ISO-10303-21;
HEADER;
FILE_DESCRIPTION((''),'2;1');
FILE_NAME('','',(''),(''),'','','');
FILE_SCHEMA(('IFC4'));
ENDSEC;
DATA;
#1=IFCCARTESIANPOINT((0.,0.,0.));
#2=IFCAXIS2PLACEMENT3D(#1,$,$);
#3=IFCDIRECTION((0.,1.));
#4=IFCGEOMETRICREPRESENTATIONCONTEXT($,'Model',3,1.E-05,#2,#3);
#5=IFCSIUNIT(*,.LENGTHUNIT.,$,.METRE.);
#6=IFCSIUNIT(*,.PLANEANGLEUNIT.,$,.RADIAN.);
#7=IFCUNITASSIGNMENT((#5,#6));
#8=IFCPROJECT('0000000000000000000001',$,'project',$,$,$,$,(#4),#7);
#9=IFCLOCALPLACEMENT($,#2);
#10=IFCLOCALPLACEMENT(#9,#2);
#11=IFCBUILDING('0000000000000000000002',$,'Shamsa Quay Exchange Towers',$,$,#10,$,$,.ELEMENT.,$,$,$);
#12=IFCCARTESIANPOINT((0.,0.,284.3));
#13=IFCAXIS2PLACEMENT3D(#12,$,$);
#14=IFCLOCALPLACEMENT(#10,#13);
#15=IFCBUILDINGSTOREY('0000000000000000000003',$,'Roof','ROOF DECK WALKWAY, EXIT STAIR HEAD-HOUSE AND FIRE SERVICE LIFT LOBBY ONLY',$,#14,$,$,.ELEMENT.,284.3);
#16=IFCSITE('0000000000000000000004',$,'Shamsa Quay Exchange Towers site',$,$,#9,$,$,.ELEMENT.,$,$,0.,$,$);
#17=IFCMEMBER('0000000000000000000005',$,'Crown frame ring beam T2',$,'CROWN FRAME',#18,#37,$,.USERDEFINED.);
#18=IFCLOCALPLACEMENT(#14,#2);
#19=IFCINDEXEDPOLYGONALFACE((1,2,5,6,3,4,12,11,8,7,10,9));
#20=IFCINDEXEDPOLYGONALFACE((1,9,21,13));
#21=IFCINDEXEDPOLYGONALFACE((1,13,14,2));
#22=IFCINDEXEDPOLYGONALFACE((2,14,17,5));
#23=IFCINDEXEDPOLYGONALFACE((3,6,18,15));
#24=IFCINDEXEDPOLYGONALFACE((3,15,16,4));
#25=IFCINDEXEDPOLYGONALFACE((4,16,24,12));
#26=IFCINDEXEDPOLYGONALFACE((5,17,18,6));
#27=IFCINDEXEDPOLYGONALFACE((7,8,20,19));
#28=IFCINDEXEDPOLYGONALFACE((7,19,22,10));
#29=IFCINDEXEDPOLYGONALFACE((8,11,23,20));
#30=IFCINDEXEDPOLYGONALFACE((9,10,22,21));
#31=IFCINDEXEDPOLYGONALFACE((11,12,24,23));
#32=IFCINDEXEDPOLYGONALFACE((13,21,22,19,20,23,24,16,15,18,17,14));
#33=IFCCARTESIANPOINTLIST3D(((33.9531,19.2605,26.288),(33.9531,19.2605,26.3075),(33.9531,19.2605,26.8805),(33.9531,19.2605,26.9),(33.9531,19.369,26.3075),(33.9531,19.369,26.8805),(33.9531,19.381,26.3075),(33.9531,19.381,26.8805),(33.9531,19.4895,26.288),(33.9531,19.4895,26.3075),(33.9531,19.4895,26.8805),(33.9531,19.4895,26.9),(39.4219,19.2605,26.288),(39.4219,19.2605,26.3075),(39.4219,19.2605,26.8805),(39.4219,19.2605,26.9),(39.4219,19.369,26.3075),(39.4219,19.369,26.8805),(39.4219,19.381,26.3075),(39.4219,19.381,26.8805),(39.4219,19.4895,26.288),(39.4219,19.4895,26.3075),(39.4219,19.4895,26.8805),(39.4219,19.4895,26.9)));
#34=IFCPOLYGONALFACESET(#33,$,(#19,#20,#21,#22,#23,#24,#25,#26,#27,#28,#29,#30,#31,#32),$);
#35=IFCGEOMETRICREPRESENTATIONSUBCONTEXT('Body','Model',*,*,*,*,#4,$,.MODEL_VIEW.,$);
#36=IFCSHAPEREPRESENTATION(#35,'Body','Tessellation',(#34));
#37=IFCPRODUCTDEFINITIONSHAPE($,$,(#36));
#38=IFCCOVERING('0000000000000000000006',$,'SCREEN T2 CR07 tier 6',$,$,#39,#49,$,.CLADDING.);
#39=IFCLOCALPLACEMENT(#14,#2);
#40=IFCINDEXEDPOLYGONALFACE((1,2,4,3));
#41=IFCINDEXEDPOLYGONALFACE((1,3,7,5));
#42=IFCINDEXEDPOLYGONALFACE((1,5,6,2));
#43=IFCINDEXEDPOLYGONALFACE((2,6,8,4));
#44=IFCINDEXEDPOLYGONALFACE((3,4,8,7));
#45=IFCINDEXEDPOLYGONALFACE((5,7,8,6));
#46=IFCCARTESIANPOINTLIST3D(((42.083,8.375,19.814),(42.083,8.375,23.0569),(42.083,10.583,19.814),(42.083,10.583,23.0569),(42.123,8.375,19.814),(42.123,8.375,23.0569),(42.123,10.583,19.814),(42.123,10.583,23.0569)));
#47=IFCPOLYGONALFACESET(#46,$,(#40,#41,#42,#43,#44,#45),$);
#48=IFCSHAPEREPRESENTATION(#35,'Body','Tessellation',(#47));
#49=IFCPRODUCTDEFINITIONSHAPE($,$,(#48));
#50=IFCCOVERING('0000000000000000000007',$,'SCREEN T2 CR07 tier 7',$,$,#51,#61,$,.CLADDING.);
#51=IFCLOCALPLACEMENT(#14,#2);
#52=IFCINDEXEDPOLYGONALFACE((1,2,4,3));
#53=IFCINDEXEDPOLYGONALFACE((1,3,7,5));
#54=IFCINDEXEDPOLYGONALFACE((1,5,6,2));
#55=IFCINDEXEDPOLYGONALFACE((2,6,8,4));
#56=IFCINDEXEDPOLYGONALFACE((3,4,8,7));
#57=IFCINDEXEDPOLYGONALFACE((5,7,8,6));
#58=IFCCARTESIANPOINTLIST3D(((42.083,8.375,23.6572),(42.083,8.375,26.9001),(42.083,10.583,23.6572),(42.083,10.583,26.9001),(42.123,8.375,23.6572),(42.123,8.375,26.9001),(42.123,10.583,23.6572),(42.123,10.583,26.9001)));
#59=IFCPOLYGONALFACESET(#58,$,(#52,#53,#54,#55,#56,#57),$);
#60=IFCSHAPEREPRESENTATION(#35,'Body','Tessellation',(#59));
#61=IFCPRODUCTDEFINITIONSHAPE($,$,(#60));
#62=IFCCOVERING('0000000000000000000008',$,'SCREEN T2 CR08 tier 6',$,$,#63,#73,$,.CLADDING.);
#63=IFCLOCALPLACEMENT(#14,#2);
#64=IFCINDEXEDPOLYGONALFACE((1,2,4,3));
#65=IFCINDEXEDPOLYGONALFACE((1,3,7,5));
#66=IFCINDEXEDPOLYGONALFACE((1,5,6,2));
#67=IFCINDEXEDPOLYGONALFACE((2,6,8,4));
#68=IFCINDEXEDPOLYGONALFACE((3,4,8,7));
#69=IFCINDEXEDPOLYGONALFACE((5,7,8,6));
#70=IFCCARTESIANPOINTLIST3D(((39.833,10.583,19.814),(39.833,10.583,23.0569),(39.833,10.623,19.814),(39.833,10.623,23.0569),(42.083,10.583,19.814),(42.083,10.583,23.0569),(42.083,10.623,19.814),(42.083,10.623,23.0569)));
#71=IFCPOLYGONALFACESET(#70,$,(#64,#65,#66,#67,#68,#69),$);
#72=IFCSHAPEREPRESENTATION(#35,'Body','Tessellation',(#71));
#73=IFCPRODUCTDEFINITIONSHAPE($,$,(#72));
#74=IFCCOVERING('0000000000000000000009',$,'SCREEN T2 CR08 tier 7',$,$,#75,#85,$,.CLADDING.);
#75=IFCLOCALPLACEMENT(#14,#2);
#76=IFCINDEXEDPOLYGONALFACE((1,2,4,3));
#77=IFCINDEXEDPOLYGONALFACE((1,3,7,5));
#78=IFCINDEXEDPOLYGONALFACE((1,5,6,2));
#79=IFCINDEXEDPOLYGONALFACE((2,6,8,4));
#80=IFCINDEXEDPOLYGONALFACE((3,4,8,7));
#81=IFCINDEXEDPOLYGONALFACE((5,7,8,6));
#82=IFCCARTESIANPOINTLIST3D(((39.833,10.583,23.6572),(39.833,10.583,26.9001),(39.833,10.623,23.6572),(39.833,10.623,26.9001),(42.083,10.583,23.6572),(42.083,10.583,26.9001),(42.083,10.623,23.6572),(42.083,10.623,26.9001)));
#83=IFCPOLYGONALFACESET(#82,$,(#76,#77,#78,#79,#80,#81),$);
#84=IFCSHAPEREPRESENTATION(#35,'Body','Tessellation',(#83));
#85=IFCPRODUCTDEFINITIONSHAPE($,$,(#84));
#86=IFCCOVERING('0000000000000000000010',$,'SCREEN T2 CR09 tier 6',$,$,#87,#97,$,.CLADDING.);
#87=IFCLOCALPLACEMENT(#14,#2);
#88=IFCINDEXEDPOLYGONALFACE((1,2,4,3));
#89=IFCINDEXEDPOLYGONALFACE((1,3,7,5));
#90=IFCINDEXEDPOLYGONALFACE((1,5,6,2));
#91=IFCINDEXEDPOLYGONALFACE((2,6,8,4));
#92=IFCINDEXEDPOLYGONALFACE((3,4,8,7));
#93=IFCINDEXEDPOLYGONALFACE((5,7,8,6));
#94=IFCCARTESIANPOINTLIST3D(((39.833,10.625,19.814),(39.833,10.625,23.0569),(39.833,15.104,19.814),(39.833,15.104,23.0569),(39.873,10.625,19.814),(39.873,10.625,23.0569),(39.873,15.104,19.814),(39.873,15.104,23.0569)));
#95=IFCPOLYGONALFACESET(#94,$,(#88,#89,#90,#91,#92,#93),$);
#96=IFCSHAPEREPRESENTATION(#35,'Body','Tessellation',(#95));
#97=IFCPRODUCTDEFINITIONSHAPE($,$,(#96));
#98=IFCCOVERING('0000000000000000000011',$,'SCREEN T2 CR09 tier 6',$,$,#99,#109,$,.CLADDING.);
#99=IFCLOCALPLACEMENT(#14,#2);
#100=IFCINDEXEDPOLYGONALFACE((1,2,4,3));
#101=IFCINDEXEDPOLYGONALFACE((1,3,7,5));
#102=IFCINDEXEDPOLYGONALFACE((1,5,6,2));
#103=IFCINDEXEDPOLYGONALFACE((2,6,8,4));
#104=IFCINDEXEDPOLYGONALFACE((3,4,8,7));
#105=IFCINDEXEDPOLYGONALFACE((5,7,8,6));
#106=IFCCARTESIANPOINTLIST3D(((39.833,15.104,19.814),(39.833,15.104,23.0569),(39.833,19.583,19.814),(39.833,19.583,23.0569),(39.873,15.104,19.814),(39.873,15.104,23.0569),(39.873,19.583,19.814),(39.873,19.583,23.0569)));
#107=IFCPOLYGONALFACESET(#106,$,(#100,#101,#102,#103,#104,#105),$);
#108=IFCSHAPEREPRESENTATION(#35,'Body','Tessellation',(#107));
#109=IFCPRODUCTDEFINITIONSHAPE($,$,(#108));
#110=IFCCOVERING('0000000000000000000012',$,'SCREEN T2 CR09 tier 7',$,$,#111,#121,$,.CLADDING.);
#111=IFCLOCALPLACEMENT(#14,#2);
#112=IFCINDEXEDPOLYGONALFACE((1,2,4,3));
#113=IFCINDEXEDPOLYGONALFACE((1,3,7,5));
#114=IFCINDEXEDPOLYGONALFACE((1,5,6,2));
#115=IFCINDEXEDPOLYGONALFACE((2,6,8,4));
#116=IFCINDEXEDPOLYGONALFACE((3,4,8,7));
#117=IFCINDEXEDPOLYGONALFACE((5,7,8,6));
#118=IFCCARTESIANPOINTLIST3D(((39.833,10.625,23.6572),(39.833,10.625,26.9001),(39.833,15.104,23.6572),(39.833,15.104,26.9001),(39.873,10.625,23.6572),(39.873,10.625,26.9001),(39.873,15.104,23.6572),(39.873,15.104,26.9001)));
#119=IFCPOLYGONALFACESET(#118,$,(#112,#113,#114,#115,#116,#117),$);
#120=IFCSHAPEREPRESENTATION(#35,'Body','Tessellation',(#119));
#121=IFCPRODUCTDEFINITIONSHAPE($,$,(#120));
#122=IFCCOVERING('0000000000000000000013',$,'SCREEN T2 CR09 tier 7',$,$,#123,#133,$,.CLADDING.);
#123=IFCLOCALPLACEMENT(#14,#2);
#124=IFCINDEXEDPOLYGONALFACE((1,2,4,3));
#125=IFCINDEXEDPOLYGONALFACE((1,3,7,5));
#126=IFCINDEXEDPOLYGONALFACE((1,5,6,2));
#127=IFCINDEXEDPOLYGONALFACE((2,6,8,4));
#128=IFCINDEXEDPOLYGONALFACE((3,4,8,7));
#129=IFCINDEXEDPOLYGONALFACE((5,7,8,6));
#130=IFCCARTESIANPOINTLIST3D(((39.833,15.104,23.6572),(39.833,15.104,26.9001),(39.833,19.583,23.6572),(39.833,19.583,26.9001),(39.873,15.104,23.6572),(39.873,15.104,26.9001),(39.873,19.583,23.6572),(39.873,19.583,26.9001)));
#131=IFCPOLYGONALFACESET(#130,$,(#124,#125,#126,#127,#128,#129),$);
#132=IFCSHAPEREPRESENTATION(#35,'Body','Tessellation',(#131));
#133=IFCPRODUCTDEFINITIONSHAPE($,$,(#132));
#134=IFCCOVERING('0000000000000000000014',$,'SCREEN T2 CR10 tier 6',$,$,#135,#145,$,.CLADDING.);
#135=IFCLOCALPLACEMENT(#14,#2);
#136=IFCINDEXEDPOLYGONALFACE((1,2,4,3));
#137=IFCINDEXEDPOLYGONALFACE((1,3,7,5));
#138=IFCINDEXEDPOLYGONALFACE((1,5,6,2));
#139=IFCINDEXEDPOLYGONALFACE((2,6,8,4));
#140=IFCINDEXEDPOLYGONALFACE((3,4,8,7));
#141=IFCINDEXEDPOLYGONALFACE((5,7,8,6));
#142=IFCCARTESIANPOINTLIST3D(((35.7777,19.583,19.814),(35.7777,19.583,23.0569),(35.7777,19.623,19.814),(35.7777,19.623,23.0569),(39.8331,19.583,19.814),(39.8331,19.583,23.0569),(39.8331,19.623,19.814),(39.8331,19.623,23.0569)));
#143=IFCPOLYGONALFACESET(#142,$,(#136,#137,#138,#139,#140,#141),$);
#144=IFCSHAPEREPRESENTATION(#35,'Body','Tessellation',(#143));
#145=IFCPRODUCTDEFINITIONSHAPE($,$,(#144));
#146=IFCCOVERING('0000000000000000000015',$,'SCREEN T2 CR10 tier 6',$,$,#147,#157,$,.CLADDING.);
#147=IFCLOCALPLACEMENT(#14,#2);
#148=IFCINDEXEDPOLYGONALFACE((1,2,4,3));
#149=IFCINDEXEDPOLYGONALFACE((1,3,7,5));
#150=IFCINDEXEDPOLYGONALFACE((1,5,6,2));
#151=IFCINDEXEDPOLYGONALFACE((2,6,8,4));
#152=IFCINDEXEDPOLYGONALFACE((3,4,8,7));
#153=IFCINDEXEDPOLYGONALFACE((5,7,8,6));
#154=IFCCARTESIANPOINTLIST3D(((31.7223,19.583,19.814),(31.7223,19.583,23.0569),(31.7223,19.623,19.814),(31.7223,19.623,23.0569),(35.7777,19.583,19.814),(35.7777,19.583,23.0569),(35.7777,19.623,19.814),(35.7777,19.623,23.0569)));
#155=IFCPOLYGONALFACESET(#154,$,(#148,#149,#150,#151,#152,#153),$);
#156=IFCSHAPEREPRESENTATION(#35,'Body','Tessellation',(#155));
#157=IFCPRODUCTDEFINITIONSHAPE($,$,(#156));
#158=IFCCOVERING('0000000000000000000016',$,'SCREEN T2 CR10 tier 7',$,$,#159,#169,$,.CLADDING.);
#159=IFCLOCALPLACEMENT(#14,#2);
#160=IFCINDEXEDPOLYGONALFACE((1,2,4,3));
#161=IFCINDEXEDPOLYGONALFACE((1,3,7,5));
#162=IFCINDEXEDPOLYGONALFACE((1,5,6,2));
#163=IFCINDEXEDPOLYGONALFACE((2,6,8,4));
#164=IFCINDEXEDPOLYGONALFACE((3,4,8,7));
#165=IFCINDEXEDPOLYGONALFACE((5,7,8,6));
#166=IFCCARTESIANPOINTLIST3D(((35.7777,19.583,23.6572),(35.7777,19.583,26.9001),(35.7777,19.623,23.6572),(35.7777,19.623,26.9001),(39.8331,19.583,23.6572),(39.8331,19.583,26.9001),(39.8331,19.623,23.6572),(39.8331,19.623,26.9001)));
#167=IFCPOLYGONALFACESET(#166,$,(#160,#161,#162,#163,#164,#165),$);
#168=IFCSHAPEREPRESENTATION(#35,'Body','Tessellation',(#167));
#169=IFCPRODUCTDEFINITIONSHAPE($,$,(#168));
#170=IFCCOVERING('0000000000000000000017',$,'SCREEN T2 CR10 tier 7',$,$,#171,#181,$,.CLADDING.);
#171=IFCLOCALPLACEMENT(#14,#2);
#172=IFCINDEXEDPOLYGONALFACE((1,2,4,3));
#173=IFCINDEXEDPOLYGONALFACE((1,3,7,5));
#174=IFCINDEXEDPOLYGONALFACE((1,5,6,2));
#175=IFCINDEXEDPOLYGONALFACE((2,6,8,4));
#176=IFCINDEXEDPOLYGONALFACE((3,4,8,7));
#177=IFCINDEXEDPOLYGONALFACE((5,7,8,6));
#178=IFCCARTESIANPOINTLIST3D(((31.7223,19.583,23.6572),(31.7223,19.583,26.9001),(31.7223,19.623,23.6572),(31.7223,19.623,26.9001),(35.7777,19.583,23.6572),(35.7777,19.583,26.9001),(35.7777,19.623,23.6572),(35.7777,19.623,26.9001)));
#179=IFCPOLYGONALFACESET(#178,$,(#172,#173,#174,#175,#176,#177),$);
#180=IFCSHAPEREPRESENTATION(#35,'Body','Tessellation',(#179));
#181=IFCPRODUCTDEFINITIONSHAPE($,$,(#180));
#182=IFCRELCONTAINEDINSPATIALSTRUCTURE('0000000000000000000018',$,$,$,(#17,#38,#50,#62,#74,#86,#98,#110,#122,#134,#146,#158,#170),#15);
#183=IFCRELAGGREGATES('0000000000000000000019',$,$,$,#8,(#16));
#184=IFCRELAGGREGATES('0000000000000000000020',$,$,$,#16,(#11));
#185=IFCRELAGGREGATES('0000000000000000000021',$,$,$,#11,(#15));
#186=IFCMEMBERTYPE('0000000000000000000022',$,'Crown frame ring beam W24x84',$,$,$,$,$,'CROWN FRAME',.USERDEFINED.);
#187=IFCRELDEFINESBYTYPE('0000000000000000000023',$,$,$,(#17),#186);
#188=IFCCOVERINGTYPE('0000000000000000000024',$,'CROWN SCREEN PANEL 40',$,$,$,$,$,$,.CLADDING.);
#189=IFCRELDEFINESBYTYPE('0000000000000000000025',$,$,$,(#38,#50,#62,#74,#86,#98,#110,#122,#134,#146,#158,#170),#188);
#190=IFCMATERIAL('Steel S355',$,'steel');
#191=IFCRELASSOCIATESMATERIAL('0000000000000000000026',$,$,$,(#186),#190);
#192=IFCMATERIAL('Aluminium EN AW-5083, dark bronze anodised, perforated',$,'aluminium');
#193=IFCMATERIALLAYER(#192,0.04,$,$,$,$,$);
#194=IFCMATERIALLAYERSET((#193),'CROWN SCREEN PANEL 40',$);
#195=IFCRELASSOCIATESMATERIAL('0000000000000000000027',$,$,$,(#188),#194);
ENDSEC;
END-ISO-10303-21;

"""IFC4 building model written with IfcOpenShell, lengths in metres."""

from ifc_helpers import new_model, si_unit, direction, frame, origin, origin_2d, place, context, subcontext, project, spatial, rectangle, i_section, extrude, material, layer, layer_set, material_profile, profile_set, type_object, element, save


model = new_model("IFC4")

# Units and contexts
model_context = context("Model", 3, precision=1e-05, world=origin(), true_north=direction((0.0, 1.0)))
body_context = subcontext(model_context, "Body", "Model", "MODEL_VIEW")
ifc_project = project(units=[si_unit("LENGTHUNIT", "METRE"), si_unit("PLANEANGLEUNIT", "RADIAN")], contexts=[model_context])

# Site, building, storey
site_placement = place(None, origin())
site = spatial("IfcSite", under=ifc_project, at=site_placement, Name="Shamsa Quay Exchange Towers site", CompositionType="ELEMENT", RefElevation=0.0)
building_placement = place(site_placement, origin())
building = spatial("IfcBuilding", under=site, at=building_placement, Name="Shamsa Quay Exchange Towers", CompositionType="ELEMENT")
storey_placement = place(building_placement, frame((0.0, 0.0, 284.3)))
storey = spatial("IfcBuildingStorey", under=building, at=storey_placement, Name="Roof", Description="ROOF DECK WALKWAY, EXIT STAIR HEAD-HOUSE AND FIRE SERVICE LIFT LOBBY ONLY", CompositionType="ELEMENT", Elevation=284.3)

# Member
ifc_material_1 = material(Name="Steel S355", Category="steel")
ifc_material_profile_1 = material_profile(ifc_material_1, i_section(OverallWidth=0.229, OverallDepth=0.6121, WebThickness=0.012, FlangeThickness=0.0195, at=origin_2d()), Name="W24x84")
ifc_profile_set_1 = profile_set([ifc_material_profile_1], Name="Steel S355")
member_type_1 = type_object("IfcMemberType", Name="Crown frame ring beam W24x84", ElementType="CROWN FRAME", PredefinedType="USERDEFINED", material=ifc_profile_set_1)
member_1_placement = place(storey_placement, frame((39.4219, 19.375, 26.594), z_axis=(-1.0, 0.0, 0.0), x_axis=(0.0, -1.0, 0.0)))
element("IfcMember", 1, at=member_1_placement, inside=storey, type_object=member_type_1, Name="Crown frame ring beam T2", ObjectType="CROWN FRAME", PredefinedType="USERDEFINED", context=body_context, shape_type="SweptSolid", body=[
    extrude(i_section(OverallWidth=0.229, OverallDepth=0.6121, WebThickness=0.012, FlangeThickness=0.0195, at=origin_2d()), origin(), (0.0, 0.0, 1.0), 5.4688),
])

# Coverings
ifc_material_2 = material(Name="Aluminium EN AW-5083, dark bronze anodised, perforated", Category="aluminium")
ifc_layer = layer(ifc_material_2, 0.04)
ifc_layer_set = layer_set([ifc_layer], Name="CROWN SCREEN PANEL 40")
covering_type = type_object("IfcCoveringType", Name="CROWN SCREEN PANEL 40", PredefinedType="CLADDING", material=ifc_layer_set)
for number, where, z_axis, x_axis, name in (
    (2, (42.103, 9.479, 19.814), (0.0, 0.0, 1.0), (0.0, 1.0, 0.0), "SCREEN T2 CR07 tier 6"),
    (3, (42.103, 9.479, 23.6572), (0.0, 0.0, 1.0), (0.0, 1.0, 0.0), "SCREEN T2 CR07 tier 7"),
):
    element("IfcCovering", number, at=place(storey_placement, frame(where, z_axis=z_axis, x_axis=x_axis)), inside=storey, type_object=covering_type, Name=name, PredefinedType="CLADDING", context=body_context, shape_type="SweptSolid", body=[
        extrude(rectangle(XDim=2.208, YDim=0.04, at=origin_2d()), origin(), (0.0, 0.0, 1.0), 3.2429),
    ])
for number, where, z_axis, x_axis, name in (
    (4, (40.958, 10.603, 19.814), (0.0, 0.0, 1.0), (-1.0, 0.0, 0.0), "SCREEN T2 CR08 tier 6"),
    (5, (40.958, 10.603, 23.6572), (0.0, 0.0, 1.0), (-1.0, 0.0, 0.0), "SCREEN T2 CR08 tier 7"),
):
    element("IfcCovering", number, at=place(storey_placement, frame(where, z_axis=z_axis, x_axis=x_axis)), inside=storey, type_object=covering_type, Name=name, PredefinedType="CLADDING", context=body_context, shape_type="SweptSolid", body=[
        extrude(rectangle(XDim=2.25, YDim=0.04, at=origin_2d()), origin(), (0.0, 0.0, 1.0), 3.2429),
    ])
for number, where, z_axis, x_axis, name in (
    (6, (39.853, 12.8645, 19.814), (0.0, 0.0, 1.0), (0.0, 1.0, 0.0), "SCREEN T2 CR09 tier 6"),
    (7, (39.853, 17.3435, 19.814), (0.0, 0.0, 1.0), (0.0, 1.0, 0.0), "SCREEN T2 CR09 tier 6"),
    (8, (39.853, 12.8645, 23.6572), (0.0, 0.0, 1.0), (0.0, 1.0, 0.0), "SCREEN T2 CR09 tier 7"),
    (9, (39.853, 17.3435, 23.6572), (0.0, 0.0, 1.0), (0.0, 1.0, 0.0), "SCREEN T2 CR09 tier 7"),
):
    element("IfcCovering", number, at=place(storey_placement, frame(where, z_axis=z_axis, x_axis=x_axis)), inside=storey, type_object=covering_type, Name=name, PredefinedType="CLADDING", context=body_context, shape_type="SweptSolid", body=[
        extrude(rectangle(XDim=4.479, YDim=0.04, at=origin_2d()), origin(), (0.0, 0.0, 1.0), 3.2429),
    ])
for number, where, z_axis, x_axis, name in (
    (10, (37.8054, 19.603, 19.814), (0.0, 0.0, 1.0), (-1.0, 0.0, 0.0), "SCREEN T2 CR10 tier 6"),
    (11, (33.75, 19.603, 19.814), (0.0, 0.0, 1.0), (-1.0, 0.0, 0.0), "SCREEN T2 CR10 tier 6"),
    (12, (37.8054, 19.603, 23.6572), (0.0, 0.0, 1.0), (-1.0, 0.0, 0.0), "SCREEN T2 CR10 tier 7"),
    (13, (33.75, 19.603, 23.6572), (0.0, 0.0, 1.0), (-1.0, 0.0, 0.0), "SCREEN T2 CR10 tier 7"),
):
    element("IfcCovering", number, at=place(storey_placement, frame(where, z_axis=z_axis, x_axis=x_axis)), inside=storey, type_object=covering_type, Name=name, PredefinedType="CLADDING", context=body_context, shape_type="SweptSolid", body=[
        extrude(rectangle(XDim=4.0554, YDim=0.04, at=origin_2d()), origin(), (0.0, 0.0, 1.0), 3.2429),
    ])

save(model, "model.ifc")
